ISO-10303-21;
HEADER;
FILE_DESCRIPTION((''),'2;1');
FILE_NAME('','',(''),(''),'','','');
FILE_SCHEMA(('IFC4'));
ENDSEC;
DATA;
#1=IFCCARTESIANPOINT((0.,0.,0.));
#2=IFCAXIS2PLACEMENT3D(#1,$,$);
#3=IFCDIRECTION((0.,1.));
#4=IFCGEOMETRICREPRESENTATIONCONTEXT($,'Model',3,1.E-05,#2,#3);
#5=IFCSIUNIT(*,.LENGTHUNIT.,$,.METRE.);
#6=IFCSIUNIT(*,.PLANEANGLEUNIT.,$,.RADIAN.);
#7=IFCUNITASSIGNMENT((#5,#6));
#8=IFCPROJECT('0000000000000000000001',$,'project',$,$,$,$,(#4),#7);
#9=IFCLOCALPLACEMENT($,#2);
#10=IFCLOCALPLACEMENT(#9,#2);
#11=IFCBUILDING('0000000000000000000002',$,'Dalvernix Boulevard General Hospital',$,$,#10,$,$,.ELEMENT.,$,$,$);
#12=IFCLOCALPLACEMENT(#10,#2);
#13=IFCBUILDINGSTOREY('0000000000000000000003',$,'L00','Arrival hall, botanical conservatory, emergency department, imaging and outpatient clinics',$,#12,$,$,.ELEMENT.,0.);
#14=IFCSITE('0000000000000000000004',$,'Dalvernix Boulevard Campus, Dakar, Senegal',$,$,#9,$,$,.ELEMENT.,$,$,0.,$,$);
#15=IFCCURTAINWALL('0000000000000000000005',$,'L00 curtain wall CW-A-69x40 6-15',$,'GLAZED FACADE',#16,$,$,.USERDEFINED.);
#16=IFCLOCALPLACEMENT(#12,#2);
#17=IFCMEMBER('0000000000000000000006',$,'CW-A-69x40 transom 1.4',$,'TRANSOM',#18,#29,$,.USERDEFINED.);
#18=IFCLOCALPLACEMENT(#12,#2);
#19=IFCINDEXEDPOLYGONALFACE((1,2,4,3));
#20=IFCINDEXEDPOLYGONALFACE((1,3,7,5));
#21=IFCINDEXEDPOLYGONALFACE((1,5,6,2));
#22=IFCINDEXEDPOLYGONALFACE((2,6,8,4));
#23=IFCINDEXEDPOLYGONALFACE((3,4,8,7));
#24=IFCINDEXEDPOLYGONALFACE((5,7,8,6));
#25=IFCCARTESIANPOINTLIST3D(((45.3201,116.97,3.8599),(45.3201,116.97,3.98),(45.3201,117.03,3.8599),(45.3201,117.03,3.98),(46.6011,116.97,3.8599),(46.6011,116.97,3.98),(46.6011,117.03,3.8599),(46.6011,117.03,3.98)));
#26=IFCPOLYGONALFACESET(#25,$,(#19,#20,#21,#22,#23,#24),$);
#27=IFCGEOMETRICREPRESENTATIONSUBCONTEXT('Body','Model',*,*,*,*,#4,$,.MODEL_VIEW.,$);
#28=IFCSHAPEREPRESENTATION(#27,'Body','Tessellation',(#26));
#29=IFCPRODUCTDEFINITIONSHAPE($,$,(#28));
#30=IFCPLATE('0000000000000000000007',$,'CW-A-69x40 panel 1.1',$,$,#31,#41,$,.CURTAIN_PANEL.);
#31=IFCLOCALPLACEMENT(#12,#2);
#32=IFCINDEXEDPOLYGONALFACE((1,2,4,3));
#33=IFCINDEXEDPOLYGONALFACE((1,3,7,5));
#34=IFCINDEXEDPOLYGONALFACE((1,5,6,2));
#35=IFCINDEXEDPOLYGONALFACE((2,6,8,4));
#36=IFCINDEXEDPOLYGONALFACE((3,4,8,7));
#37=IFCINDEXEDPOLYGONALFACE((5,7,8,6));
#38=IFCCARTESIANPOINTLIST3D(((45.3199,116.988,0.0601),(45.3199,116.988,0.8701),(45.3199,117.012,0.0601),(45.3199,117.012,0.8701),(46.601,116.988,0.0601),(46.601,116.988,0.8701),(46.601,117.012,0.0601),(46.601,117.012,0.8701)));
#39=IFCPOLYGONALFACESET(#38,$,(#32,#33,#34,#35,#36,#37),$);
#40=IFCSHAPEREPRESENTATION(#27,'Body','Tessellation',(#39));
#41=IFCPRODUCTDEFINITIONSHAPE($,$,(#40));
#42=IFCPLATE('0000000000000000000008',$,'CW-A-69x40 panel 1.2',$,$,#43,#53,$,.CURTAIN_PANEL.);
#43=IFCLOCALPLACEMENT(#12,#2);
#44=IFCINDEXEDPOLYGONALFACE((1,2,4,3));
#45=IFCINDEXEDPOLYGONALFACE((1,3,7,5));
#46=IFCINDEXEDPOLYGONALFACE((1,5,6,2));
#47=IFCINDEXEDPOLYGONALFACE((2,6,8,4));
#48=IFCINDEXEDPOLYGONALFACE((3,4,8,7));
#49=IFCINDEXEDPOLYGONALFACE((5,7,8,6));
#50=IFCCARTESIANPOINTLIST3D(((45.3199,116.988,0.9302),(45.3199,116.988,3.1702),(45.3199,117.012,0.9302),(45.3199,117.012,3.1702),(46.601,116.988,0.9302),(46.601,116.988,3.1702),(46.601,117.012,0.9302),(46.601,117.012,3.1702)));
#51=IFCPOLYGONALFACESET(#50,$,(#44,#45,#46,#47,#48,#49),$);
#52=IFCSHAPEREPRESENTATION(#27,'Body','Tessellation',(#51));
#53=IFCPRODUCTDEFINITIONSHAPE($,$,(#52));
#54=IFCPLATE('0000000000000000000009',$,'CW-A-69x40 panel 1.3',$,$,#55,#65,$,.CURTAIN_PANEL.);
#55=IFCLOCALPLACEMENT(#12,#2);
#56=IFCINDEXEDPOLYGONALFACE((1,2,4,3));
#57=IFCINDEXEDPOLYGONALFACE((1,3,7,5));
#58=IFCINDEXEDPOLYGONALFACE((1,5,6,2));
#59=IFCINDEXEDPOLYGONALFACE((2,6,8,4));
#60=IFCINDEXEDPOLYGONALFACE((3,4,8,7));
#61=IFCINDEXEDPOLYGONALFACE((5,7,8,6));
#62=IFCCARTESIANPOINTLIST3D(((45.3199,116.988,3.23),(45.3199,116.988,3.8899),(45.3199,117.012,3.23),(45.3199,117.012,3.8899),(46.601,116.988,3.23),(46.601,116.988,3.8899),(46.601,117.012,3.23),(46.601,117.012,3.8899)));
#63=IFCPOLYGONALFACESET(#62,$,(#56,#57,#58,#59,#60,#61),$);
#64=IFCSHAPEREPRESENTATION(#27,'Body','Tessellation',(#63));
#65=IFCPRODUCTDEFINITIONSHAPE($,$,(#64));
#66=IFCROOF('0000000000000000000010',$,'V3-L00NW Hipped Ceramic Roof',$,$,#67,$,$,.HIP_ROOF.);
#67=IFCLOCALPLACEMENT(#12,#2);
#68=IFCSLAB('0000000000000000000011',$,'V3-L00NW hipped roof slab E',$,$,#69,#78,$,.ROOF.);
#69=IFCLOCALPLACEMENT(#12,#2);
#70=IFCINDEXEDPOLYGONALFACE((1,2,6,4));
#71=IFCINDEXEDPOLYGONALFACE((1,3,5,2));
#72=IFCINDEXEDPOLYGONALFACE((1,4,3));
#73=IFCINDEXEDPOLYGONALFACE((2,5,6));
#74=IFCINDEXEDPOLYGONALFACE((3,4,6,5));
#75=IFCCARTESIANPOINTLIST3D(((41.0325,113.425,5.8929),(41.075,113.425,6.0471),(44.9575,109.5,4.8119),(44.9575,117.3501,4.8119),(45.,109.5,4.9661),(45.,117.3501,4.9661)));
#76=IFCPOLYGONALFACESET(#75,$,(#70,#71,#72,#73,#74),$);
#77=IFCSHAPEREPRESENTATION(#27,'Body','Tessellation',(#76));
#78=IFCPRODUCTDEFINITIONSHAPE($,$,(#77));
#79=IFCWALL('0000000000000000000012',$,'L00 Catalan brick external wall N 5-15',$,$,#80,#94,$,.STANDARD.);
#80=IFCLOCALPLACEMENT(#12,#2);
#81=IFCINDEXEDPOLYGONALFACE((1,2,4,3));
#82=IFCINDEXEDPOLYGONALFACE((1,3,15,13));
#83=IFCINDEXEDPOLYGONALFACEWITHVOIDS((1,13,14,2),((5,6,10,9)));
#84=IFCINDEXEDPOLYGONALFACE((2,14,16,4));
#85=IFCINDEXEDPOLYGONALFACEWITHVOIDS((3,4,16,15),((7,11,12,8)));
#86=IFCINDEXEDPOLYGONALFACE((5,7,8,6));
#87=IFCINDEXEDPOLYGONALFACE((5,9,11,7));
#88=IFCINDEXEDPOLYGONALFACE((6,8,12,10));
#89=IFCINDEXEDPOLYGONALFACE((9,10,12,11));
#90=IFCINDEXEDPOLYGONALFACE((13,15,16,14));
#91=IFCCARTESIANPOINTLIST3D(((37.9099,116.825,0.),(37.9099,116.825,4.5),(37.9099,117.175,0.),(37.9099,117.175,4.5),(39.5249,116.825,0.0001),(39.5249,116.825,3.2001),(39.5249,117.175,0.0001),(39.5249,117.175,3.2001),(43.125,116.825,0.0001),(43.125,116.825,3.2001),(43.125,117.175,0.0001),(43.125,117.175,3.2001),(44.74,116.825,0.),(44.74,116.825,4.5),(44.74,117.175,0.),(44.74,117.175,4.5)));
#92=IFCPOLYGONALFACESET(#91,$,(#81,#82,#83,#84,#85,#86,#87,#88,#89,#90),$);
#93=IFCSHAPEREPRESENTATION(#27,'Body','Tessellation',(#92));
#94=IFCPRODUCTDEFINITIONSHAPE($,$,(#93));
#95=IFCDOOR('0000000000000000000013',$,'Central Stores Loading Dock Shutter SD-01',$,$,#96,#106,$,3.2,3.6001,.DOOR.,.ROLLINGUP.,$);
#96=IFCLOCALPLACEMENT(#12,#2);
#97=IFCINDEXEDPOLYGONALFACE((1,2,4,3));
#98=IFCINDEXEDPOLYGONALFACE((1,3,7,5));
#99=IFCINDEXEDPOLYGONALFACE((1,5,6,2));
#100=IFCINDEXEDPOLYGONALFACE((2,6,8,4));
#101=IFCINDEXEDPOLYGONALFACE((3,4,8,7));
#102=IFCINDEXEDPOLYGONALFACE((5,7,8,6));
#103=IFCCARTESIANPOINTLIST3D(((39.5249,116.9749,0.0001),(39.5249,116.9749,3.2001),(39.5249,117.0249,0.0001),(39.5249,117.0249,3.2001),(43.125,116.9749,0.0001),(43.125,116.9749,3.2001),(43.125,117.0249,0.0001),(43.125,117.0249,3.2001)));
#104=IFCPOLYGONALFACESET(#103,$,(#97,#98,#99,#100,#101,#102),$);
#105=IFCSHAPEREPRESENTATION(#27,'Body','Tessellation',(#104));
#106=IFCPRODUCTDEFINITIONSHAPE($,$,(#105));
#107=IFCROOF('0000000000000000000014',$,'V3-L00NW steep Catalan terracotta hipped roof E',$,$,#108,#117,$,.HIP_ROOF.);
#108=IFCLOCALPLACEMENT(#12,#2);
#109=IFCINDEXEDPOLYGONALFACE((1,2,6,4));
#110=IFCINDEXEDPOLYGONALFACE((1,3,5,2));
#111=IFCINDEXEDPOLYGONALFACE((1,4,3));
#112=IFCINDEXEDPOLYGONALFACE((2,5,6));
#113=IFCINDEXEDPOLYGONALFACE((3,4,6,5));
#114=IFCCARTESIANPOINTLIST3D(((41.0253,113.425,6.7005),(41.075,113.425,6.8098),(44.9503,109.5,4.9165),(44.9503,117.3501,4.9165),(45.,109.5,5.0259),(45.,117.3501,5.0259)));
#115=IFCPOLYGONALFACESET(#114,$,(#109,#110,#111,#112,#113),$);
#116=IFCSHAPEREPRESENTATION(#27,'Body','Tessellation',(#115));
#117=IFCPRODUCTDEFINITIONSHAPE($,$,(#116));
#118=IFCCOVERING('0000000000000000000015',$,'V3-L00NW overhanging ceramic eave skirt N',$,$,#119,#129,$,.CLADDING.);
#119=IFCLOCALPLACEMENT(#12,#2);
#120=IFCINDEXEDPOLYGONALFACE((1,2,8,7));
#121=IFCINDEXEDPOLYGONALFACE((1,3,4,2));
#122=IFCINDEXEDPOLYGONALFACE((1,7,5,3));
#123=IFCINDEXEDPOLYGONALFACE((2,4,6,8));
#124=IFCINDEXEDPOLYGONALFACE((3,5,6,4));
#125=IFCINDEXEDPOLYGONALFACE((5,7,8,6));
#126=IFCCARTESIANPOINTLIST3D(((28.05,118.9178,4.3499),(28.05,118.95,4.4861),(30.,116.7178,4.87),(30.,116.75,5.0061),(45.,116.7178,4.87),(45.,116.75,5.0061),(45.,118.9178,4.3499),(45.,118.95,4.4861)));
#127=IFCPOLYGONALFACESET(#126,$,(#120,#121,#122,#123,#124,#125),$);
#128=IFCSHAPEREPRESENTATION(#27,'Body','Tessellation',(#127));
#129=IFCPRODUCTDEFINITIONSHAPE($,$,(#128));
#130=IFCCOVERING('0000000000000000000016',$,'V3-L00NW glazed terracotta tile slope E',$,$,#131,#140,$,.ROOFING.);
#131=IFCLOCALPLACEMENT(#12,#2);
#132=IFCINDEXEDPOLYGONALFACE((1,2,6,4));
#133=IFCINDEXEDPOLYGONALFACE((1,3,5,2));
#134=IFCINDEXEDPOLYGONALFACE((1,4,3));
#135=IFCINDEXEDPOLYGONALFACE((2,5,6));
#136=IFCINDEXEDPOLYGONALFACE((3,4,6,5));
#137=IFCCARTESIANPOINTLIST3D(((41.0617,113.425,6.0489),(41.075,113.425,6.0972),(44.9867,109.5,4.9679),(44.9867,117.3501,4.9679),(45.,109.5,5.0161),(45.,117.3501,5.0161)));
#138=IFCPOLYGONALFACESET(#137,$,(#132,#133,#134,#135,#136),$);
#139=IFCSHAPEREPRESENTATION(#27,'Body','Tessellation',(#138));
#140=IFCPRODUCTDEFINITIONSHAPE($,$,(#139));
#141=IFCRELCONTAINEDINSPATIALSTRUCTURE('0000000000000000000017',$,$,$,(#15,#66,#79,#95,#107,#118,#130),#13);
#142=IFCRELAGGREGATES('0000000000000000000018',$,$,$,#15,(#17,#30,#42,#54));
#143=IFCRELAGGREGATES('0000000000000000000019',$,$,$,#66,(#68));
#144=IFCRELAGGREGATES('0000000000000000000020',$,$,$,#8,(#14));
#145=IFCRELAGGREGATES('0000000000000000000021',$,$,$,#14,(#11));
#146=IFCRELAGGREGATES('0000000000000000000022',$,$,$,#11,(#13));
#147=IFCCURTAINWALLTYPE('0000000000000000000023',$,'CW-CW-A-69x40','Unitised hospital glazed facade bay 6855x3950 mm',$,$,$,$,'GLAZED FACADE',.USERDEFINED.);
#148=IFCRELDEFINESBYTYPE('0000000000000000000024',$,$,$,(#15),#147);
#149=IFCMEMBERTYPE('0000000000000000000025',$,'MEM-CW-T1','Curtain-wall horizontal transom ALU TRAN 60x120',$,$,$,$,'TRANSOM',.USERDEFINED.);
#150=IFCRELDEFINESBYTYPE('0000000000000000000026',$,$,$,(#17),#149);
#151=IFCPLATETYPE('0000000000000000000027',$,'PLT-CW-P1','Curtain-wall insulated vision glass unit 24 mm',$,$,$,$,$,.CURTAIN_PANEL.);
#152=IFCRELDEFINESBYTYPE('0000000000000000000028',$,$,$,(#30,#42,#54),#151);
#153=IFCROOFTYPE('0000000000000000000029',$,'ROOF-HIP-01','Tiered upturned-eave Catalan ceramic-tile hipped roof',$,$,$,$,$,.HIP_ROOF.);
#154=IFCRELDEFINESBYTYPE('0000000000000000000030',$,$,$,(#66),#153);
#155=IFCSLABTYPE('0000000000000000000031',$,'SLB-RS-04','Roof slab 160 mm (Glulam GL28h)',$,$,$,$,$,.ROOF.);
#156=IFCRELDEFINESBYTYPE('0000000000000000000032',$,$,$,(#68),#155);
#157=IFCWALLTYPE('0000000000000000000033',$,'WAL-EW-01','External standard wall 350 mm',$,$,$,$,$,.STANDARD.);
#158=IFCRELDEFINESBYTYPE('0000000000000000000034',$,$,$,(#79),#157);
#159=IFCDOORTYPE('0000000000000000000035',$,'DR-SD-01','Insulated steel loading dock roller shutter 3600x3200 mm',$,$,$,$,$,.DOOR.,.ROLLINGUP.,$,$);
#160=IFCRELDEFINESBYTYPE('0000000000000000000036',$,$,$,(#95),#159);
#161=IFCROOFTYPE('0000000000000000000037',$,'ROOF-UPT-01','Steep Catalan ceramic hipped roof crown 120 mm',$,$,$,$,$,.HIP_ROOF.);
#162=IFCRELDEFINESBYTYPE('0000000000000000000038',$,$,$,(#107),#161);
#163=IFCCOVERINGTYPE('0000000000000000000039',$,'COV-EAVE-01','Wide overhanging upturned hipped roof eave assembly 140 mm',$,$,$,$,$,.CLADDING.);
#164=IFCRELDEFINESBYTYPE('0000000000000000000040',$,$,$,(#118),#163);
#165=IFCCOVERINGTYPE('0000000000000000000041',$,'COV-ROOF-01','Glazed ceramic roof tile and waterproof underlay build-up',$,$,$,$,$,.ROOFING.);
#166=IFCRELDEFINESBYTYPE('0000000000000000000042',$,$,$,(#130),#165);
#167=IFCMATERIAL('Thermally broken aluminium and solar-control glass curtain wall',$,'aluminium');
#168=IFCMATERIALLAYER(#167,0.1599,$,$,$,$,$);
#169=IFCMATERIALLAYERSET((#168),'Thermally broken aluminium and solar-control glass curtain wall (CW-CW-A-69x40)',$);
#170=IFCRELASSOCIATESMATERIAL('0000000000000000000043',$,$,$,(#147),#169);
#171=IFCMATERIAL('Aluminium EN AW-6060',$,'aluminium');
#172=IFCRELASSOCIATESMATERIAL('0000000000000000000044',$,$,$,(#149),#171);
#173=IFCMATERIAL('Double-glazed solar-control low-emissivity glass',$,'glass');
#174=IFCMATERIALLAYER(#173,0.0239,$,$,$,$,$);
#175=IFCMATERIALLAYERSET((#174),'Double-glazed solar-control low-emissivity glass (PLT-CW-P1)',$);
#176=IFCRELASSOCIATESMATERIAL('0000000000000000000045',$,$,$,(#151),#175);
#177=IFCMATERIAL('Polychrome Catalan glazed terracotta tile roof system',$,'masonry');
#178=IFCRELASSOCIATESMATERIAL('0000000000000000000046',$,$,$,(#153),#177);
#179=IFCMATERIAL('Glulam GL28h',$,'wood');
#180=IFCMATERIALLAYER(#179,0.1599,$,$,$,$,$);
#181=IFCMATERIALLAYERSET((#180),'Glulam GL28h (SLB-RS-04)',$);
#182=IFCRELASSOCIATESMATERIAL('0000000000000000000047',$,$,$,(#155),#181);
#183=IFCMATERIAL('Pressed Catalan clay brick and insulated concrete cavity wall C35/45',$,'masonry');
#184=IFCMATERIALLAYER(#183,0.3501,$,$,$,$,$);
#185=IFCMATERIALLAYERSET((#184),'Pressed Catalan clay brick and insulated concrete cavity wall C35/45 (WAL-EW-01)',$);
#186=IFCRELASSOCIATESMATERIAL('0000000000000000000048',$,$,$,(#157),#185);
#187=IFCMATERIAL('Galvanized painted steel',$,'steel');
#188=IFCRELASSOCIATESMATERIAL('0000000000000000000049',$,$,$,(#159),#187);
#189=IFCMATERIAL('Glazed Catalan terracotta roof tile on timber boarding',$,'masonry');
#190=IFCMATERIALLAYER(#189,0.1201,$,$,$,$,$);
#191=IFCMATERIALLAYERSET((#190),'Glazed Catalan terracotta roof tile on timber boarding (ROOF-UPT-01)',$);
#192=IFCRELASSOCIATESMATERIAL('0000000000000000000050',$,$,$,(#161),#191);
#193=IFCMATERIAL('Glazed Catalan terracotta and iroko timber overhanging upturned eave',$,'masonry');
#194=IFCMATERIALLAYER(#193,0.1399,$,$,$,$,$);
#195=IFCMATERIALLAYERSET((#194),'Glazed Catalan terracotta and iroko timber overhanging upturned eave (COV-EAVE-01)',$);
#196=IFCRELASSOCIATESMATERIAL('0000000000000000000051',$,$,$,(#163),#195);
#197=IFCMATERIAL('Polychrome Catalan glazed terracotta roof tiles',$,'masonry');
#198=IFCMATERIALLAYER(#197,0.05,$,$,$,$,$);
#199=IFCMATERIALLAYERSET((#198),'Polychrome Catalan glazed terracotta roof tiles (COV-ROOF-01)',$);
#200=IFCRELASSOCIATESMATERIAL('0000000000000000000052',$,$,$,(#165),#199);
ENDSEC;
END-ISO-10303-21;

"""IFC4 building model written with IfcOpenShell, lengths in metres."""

from ifc_helpers import new_model, si_unit, direction, frame, frame_2d, origin, origin_2d, place, context, subcontext, project, spatial, polyline, rectangle, outline, extrude, material, layer, layer_set, material_profile, profile_set, type_object, element, fill, aggregate, save


model = new_model("IFC4")

# Units and contexts
model_context = context("Model", 3, precision=1e-05, world=origin(), true_north=direction((0.0, 1.0)))
body_context = subcontext(model_context, "Body", "Model", "MODEL_VIEW")
ifc_project = project(units=[si_unit("LENGTHUNIT", "METRE"), si_unit("PLANEANGLEUNIT", "RADIAN")], contexts=[model_context])

# Site, building, storey
site_placement = place(None, origin())
site = spatial("IfcSite", under=ifc_project, at=site_placement, Name="Dalvernix Boulevard Campus, Dakar, Senegal", CompositionType="ELEMENT", RefElevation=0.0)
building_placement = place(site_placement, origin())
building = spatial("IfcBuilding", under=site, at=building_placement, Name="Dalvernix Boulevard General Hospital", CompositionType="ELEMENT")
storey_placement = place(building_placement, origin())
storey = spatial("IfcBuildingStorey", under=building, at=storey_placement, Name="L00", Description="Arrival hall, botanical conservatory, emergency department, imaging and outpatient clinics", CompositionType="ELEMENT", Elevation=0.0)

# Curtain wall, member, plates
ifc_material_1 = material(Name="Thermally broken aluminium and solar-control glass curtain wall", Category="aluminium")
ifc_layer_1 = layer(ifc_material_1, 0.1599)
ifc_layer_set_1 = layer_set([ifc_layer_1], Name="Thermally broken aluminium and solar-control glass curtain wall (CW-CW-A-69x40)")
curtain_wall_type = type_object("IfcCurtainWallType", Name="CW-CW-A-69x40", Description="Unitised hospital glazed facade bay 6855x3950 mm", ElementType="GLAZED FACADE", PredefinedType="USERDEFINED", material=ifc_layer_set_1)
curtain_wall_placement = place(storey_placement, origin())
curtain_wall = element("IfcCurtainWall", 1, at=curtain_wall_placement, inside=storey, type_object=curtain_wall_type, Name="L00 curtain wall CW-A-69x40 6-15", ObjectType="GLAZED FACADE", PredefinedType="USERDEFINED")
ifc_material_2 = material(Name="Aluminium EN AW-6060", Category="aluminium")
ifc_material_profile_1 = material_profile(ifc_material_2, rectangle(XDim=0.0601, YDim=0.1201, at=origin_2d()), Name="ALU TRAN 60x120")
ifc_profile_set_1 = profile_set([ifc_material_profile_1], Name="Aluminium EN AW-6060")
member_type_1 = type_object("IfcMemberType", Name="MEM-CW-T1", Description="Curtain-wall horizontal transom ALU TRAN 60x120", ElementType="TRANSOM", PredefinedType="USERDEFINED", material=ifc_profile_set_1)
member_1_placement = place(storey_placement, frame((45.3201, 117.0, 3.9199), z_axis=(1.0, 0.0, 0.0), x_axis=(0.0, 1.0, 0.0)))
member_1 = element("IfcMember", 2, at=member_1_placement, type_object=member_type_1, Name="CW-A-69x40 transom 1.4", ObjectType="TRANSOM", PredefinedType="USERDEFINED", context=body_context, shape_type="SweptSolid", body=[
    extrude(rectangle(XDim=0.0601, YDim=0.1201, at=origin_2d()), origin(), (0.0, 0.0, 1.0), 1.281),
])
ifc_material_3 = material(Name="Double-glazed solar-control low-emissivity glass", Category="glass")
ifc_layer_2 = layer(ifc_material_3, 0.0239)
ifc_layer_set_2 = layer_set([ifc_layer_2], Name="Double-glazed solar-control low-emissivity glass (PLT-CW-P1)")
plate_type = type_object("IfcPlateType", Name="PLT-CW-P1", Description="Curtain-wall insulated vision glass unit 24 mm", PredefinedType="CURTAIN_PANEL", material=ifc_layer_set_2)
plate_1_placement = place(storey_placement, frame((45.9604, 117.0, 0.0601), z_axis=(0.0, 0.0, 1.0), x_axis=(1.0, 0.0, 0.0)))
plate_1 = element("IfcPlate", 3, at=plate_1_placement, type_object=plate_type, Name="CW-A-69x40 panel 1.1", PredefinedType="CURTAIN_PANEL", context=body_context, shape_type="SweptSolid", body=[
    extrude(rectangle(XDim=1.281, YDim=0.0239, at=origin_2d()), origin(), (0.0, 0.0, 1.0), 0.8101),
])
plate_2_placement = place(storey_placement, frame((45.9604, 117.0, 0.9302), z_axis=(0.0, 0.0, 1.0), x_axis=(1.0, 0.0, 0.0)))
plate_2 = element("IfcPlate", 4, at=plate_2_placement, type_object=plate_type, Name="CW-A-69x40 panel 1.2", PredefinedType="CURTAIN_PANEL", context=body_context, shape_type="SweptSolid", body=[
    extrude(rectangle(XDim=1.281, YDim=0.0239, at=origin_2d()), origin(), (0.0, 0.0, 1.0), 2.24),
])
plate_3_placement = place(storey_placement, frame((45.9604, 117.0, 3.23), z_axis=(0.0, 0.0, 1.0), x_axis=(1.0, 0.0, 0.0)))
plate_3 = element("IfcPlate", 5, at=plate_3_placement, type_object=plate_type, Name="CW-A-69x40 panel 1.3", PredefinedType="CURTAIN_PANEL", context=body_context, shape_type="SweptSolid", body=[
    extrude(rectangle(XDim=1.281, YDim=0.0239, at=origin_2d()), origin(), (0.0, 0.0, 1.0), 0.6599),
])
aggregate(curtain_wall, [member_1, plate_1, plate_2, plate_3])

# Roof, slab
ifc_material_4 = material(Name="Polychrome Catalan glazed terracotta tile roof system", Category="masonry")
roof_type_1 = type_object("IfcRoofType", Name="ROOF-HIP-01", Description="Tiered upturned-eave Catalan ceramic-tile hipped roof", PredefinedType="HIP_ROOF", material=ifc_material_4)
roof_1_placement = place(storey_placement, origin())
roof_1 = element("IfcRoof", 6, at=roof_1_placement, inside=storey, type_object=roof_type_1, Name="V3-L00NW Hipped Ceramic Roof", PredefinedType="HIP_ROOF")
ifc_material_5 = material(Name="Glulam GL28h", Category="wood")
ifc_layer_3 = layer(ifc_material_5, 0.1599)
ifc_layer_set_3 = layer_set([ifc_layer_3], Name="Glulam GL28h (SLB-RS-04)")
slab_type = type_object("IfcSlabType", Name="SLB-RS-04", Description="Roof slab 160 mm (Glulam GL28h)", PredefinedType="ROOF", material=ifc_layer_set_3)
slab_placement = place(storey_placement, frame((45.0, 109.5, 4.9661), z_axis=(0.265537, 0.0, 0.964101), x_axis=(0.0, 1.0, 0.0)))
slab = element("IfcSlab", 7, at=slab_placement, type_object=slab_type, Name="V3-L00NW hipped roof slab E", PredefinedType="ROOF", context=body_context, shape_type="SweptSolid", body=[
    extrude(outline(polyline([(0.0, 0.0), (7.8501, 0.0), (3.925, 4.0712), (0.0, 0.0)])), origin(), (0.0, 0.0, -1.0), 0.1599),
])
aggregate(roof_1, [slab])

# Wall, opening, door
ifc_material_6 = material(Name="Pressed Catalan clay brick and insulated concrete cavity wall C35/45", Category="masonry")
ifc_layer_4 = layer(ifc_material_6, 0.3501)
ifc_layer_set_4 = layer_set([ifc_layer_4], Name="Pressed Catalan clay brick and insulated concrete cavity wall C35/45 (WAL-EW-01)")
wall_type = type_object("IfcWallType", Name="WAL-EW-01", Description="External standard wall 350 mm", PredefinedType="STANDARD", material=ifc_layer_set_4)
wall_placement = place(storey_placement, frame((37.9099, 117.0, 0.0), z_axis=(0.0, 0.0, 1.0), x_axis=(1.0, 0.0, 0.0)))
wall = element("IfcWall", 8, at=wall_placement, inside=storey, type_object=wall_type, Name="L00 Catalan brick external wall N 5-15", PredefinedType="STANDARD", context=body_context, shape_type="SweptSolid", body=[
    extrude(rectangle(XDim=6.8301, YDim=0.3501, at=frame_2d((3.415, 0.0))), origin(), (0.0, 0.0, 1.0), 4.5),
])
opening_placement = place(wall_placement, frame((1.615, 0.0, 0.0)))
opening = element("IfcOpeningElement", 9, at=opening_placement, cuts=wall, PredefinedType="OPENING", context=body_context, shape_type="SweptSolid", body=[
    extrude(rectangle(XDim=3.6001, YDim=3.2, at=frame_2d((1.8, 1.6001))), frame((0.0, 0.1851, 0.0), z_axis=(0.0, -1.0, 0.0), x_axis=(1.0, 0.0, 0.0)), (0.0, 0.0, 1.0), 0.3701),
])
ifc_material_7 = material(Name="Galvanized painted steel", Category="steel")
door_type = type_object("IfcDoorType", Name="DR-SD-01", Description="Insulated steel loading dock roller shutter 3600x3200 mm", OperationType="ROLLINGUP", PredefinedType="DOOR", material=ifc_material_7)
door_placement = place(opening_placement, origin())
door = element("IfcDoor", 10, at=door_placement, inside=storey, type_object=door_type, Name="Central Stores Loading Dock Shutter SD-01", OperationType="ROLLINGUP", OverallHeight=3.2, OverallWidth=3.6001, PredefinedType="DOOR", context=body_context, shape_type="SweptSolid", body=[
    extrude(rectangle(XDim=3.6001, YDim=3.2, at=frame_2d((1.8, 1.6001))), frame((0.0, 0.0249, 0.0), z_axis=(0.0, -1.0, 0.0), x_axis=(1.0, 0.0, 0.0)), (0.0, 0.0, 1.0), 0.05),
])
fill(opening, door)

# Roof
ifc_material_8 = material(Name="Glazed Catalan terracotta roof tile on timber boarding", Category="masonry")
ifc_layer_5 = layer(ifc_material_8, 0.1201)
ifc_layer_set_5 = layer_set([ifc_layer_5], Name="Glazed Catalan terracotta roof tile on timber boarding (ROOF-UPT-01)")
roof_type_2 = type_object("IfcRoofType", Name="ROOF-UPT-01", Description="Steep Catalan ceramic hipped roof crown 120 mm", PredefinedType="HIP_ROOF", material=ifc_layer_set_5)
roof_2_placement = place(storey_placement, frame((45.0, 109.5, 5.0259), z_axis=(0.413769, 0.0, 0.910382), x_axis=(0.0, 1.0, 0.0)))
element("IfcRoof", 11, at=roof_2_placement, inside=storey, type_object=roof_type_2, Name="V3-L00NW steep Catalan terracotta hipped roof E", PredefinedType="HIP_ROOF", context=body_context, shape_type="SweptSolid", body=[
    extrude(outline(polyline([(0.0, 0.0), (7.8501, 0.0), (3.925, 4.3114), (0.0, 0.0)])), origin(), (0.0, 0.0, -1.0), 0.1201),
])

# Coverings
ifc_material_9 = material(Name="Glazed Catalan terracotta and iroko timber overhanging upturned eave", Category="masonry")
ifc_layer_6 = layer(ifc_material_9, 0.1399)
ifc_layer_set_6 = layer_set([ifc_layer_6], Name="Glazed Catalan terracotta and iroko timber overhanging upturned eave (COV-EAVE-01)")
covering_type_1 = type_object("IfcCoveringType", Name="COV-EAVE-01", Description="Wide overhanging upturned hipped roof eave assembly 140 mm", PredefinedType="CLADDING", material=ifc_layer_set_6)
covering_1_placement = place(storey_placement, frame((45.0, 116.75, 5.0061), z_axis=(0.0, 0.230038, 0.973182), x_axis=(-1.0, 0.0, 0.0)))
element("IfcCovering", 12, at=covering_1_placement, inside=storey, type_object=covering_type_1, Name="V3-L00NW overhanging ceramic eave skirt N", PredefinedType="CLADDING", context=body_context, shape_type="SweptSolid", body=[
    extrude(outline(polyline([(0.0, 0.0), (15.0, 0.0), (16.95, -2.2606), (0.0, -2.2606), (0.0, 0.0)])), origin(), (0.0, 0.0, -1.0), 0.1399),
])
ifc_material_10 = material(Name="Polychrome Catalan glazed terracotta roof tiles", Category="masonry")
ifc_layer_7 = layer(ifc_material_10, 0.05)
ifc_layer_set_7 = layer_set([ifc_layer_7], Name="Polychrome Catalan glazed terracotta roof tiles (COV-ROOF-01)")
covering_type_2 = type_object("IfcCoveringType", Name="COV-ROOF-01", Description="Glazed ceramic roof tile and waterproof underlay build-up", PredefinedType="ROOFING", material=ifc_layer_set_7)
covering_2_placement = place(storey_placement, frame((45.0, 109.5, 5.0161), z_axis=(0.265537, 0.0, 0.964101), x_axis=(0.0, 1.0, 0.0)))
element("IfcCovering", 13, at=covering_2_placement, inside=storey, type_object=covering_type_2, Name="V3-L00NW glazed terracotta tile slope E", PredefinedType="ROOFING", context=body_context, shape_type="SweptSolid", body=[
    extrude(outline(polyline([(0.0, 0.0), (7.8501, 0.0), (3.925, 4.0712), (0.0, 0.0)])), origin(), (0.0, 0.0, -1.0), 0.05),
])

save(model, "model.ifc")
